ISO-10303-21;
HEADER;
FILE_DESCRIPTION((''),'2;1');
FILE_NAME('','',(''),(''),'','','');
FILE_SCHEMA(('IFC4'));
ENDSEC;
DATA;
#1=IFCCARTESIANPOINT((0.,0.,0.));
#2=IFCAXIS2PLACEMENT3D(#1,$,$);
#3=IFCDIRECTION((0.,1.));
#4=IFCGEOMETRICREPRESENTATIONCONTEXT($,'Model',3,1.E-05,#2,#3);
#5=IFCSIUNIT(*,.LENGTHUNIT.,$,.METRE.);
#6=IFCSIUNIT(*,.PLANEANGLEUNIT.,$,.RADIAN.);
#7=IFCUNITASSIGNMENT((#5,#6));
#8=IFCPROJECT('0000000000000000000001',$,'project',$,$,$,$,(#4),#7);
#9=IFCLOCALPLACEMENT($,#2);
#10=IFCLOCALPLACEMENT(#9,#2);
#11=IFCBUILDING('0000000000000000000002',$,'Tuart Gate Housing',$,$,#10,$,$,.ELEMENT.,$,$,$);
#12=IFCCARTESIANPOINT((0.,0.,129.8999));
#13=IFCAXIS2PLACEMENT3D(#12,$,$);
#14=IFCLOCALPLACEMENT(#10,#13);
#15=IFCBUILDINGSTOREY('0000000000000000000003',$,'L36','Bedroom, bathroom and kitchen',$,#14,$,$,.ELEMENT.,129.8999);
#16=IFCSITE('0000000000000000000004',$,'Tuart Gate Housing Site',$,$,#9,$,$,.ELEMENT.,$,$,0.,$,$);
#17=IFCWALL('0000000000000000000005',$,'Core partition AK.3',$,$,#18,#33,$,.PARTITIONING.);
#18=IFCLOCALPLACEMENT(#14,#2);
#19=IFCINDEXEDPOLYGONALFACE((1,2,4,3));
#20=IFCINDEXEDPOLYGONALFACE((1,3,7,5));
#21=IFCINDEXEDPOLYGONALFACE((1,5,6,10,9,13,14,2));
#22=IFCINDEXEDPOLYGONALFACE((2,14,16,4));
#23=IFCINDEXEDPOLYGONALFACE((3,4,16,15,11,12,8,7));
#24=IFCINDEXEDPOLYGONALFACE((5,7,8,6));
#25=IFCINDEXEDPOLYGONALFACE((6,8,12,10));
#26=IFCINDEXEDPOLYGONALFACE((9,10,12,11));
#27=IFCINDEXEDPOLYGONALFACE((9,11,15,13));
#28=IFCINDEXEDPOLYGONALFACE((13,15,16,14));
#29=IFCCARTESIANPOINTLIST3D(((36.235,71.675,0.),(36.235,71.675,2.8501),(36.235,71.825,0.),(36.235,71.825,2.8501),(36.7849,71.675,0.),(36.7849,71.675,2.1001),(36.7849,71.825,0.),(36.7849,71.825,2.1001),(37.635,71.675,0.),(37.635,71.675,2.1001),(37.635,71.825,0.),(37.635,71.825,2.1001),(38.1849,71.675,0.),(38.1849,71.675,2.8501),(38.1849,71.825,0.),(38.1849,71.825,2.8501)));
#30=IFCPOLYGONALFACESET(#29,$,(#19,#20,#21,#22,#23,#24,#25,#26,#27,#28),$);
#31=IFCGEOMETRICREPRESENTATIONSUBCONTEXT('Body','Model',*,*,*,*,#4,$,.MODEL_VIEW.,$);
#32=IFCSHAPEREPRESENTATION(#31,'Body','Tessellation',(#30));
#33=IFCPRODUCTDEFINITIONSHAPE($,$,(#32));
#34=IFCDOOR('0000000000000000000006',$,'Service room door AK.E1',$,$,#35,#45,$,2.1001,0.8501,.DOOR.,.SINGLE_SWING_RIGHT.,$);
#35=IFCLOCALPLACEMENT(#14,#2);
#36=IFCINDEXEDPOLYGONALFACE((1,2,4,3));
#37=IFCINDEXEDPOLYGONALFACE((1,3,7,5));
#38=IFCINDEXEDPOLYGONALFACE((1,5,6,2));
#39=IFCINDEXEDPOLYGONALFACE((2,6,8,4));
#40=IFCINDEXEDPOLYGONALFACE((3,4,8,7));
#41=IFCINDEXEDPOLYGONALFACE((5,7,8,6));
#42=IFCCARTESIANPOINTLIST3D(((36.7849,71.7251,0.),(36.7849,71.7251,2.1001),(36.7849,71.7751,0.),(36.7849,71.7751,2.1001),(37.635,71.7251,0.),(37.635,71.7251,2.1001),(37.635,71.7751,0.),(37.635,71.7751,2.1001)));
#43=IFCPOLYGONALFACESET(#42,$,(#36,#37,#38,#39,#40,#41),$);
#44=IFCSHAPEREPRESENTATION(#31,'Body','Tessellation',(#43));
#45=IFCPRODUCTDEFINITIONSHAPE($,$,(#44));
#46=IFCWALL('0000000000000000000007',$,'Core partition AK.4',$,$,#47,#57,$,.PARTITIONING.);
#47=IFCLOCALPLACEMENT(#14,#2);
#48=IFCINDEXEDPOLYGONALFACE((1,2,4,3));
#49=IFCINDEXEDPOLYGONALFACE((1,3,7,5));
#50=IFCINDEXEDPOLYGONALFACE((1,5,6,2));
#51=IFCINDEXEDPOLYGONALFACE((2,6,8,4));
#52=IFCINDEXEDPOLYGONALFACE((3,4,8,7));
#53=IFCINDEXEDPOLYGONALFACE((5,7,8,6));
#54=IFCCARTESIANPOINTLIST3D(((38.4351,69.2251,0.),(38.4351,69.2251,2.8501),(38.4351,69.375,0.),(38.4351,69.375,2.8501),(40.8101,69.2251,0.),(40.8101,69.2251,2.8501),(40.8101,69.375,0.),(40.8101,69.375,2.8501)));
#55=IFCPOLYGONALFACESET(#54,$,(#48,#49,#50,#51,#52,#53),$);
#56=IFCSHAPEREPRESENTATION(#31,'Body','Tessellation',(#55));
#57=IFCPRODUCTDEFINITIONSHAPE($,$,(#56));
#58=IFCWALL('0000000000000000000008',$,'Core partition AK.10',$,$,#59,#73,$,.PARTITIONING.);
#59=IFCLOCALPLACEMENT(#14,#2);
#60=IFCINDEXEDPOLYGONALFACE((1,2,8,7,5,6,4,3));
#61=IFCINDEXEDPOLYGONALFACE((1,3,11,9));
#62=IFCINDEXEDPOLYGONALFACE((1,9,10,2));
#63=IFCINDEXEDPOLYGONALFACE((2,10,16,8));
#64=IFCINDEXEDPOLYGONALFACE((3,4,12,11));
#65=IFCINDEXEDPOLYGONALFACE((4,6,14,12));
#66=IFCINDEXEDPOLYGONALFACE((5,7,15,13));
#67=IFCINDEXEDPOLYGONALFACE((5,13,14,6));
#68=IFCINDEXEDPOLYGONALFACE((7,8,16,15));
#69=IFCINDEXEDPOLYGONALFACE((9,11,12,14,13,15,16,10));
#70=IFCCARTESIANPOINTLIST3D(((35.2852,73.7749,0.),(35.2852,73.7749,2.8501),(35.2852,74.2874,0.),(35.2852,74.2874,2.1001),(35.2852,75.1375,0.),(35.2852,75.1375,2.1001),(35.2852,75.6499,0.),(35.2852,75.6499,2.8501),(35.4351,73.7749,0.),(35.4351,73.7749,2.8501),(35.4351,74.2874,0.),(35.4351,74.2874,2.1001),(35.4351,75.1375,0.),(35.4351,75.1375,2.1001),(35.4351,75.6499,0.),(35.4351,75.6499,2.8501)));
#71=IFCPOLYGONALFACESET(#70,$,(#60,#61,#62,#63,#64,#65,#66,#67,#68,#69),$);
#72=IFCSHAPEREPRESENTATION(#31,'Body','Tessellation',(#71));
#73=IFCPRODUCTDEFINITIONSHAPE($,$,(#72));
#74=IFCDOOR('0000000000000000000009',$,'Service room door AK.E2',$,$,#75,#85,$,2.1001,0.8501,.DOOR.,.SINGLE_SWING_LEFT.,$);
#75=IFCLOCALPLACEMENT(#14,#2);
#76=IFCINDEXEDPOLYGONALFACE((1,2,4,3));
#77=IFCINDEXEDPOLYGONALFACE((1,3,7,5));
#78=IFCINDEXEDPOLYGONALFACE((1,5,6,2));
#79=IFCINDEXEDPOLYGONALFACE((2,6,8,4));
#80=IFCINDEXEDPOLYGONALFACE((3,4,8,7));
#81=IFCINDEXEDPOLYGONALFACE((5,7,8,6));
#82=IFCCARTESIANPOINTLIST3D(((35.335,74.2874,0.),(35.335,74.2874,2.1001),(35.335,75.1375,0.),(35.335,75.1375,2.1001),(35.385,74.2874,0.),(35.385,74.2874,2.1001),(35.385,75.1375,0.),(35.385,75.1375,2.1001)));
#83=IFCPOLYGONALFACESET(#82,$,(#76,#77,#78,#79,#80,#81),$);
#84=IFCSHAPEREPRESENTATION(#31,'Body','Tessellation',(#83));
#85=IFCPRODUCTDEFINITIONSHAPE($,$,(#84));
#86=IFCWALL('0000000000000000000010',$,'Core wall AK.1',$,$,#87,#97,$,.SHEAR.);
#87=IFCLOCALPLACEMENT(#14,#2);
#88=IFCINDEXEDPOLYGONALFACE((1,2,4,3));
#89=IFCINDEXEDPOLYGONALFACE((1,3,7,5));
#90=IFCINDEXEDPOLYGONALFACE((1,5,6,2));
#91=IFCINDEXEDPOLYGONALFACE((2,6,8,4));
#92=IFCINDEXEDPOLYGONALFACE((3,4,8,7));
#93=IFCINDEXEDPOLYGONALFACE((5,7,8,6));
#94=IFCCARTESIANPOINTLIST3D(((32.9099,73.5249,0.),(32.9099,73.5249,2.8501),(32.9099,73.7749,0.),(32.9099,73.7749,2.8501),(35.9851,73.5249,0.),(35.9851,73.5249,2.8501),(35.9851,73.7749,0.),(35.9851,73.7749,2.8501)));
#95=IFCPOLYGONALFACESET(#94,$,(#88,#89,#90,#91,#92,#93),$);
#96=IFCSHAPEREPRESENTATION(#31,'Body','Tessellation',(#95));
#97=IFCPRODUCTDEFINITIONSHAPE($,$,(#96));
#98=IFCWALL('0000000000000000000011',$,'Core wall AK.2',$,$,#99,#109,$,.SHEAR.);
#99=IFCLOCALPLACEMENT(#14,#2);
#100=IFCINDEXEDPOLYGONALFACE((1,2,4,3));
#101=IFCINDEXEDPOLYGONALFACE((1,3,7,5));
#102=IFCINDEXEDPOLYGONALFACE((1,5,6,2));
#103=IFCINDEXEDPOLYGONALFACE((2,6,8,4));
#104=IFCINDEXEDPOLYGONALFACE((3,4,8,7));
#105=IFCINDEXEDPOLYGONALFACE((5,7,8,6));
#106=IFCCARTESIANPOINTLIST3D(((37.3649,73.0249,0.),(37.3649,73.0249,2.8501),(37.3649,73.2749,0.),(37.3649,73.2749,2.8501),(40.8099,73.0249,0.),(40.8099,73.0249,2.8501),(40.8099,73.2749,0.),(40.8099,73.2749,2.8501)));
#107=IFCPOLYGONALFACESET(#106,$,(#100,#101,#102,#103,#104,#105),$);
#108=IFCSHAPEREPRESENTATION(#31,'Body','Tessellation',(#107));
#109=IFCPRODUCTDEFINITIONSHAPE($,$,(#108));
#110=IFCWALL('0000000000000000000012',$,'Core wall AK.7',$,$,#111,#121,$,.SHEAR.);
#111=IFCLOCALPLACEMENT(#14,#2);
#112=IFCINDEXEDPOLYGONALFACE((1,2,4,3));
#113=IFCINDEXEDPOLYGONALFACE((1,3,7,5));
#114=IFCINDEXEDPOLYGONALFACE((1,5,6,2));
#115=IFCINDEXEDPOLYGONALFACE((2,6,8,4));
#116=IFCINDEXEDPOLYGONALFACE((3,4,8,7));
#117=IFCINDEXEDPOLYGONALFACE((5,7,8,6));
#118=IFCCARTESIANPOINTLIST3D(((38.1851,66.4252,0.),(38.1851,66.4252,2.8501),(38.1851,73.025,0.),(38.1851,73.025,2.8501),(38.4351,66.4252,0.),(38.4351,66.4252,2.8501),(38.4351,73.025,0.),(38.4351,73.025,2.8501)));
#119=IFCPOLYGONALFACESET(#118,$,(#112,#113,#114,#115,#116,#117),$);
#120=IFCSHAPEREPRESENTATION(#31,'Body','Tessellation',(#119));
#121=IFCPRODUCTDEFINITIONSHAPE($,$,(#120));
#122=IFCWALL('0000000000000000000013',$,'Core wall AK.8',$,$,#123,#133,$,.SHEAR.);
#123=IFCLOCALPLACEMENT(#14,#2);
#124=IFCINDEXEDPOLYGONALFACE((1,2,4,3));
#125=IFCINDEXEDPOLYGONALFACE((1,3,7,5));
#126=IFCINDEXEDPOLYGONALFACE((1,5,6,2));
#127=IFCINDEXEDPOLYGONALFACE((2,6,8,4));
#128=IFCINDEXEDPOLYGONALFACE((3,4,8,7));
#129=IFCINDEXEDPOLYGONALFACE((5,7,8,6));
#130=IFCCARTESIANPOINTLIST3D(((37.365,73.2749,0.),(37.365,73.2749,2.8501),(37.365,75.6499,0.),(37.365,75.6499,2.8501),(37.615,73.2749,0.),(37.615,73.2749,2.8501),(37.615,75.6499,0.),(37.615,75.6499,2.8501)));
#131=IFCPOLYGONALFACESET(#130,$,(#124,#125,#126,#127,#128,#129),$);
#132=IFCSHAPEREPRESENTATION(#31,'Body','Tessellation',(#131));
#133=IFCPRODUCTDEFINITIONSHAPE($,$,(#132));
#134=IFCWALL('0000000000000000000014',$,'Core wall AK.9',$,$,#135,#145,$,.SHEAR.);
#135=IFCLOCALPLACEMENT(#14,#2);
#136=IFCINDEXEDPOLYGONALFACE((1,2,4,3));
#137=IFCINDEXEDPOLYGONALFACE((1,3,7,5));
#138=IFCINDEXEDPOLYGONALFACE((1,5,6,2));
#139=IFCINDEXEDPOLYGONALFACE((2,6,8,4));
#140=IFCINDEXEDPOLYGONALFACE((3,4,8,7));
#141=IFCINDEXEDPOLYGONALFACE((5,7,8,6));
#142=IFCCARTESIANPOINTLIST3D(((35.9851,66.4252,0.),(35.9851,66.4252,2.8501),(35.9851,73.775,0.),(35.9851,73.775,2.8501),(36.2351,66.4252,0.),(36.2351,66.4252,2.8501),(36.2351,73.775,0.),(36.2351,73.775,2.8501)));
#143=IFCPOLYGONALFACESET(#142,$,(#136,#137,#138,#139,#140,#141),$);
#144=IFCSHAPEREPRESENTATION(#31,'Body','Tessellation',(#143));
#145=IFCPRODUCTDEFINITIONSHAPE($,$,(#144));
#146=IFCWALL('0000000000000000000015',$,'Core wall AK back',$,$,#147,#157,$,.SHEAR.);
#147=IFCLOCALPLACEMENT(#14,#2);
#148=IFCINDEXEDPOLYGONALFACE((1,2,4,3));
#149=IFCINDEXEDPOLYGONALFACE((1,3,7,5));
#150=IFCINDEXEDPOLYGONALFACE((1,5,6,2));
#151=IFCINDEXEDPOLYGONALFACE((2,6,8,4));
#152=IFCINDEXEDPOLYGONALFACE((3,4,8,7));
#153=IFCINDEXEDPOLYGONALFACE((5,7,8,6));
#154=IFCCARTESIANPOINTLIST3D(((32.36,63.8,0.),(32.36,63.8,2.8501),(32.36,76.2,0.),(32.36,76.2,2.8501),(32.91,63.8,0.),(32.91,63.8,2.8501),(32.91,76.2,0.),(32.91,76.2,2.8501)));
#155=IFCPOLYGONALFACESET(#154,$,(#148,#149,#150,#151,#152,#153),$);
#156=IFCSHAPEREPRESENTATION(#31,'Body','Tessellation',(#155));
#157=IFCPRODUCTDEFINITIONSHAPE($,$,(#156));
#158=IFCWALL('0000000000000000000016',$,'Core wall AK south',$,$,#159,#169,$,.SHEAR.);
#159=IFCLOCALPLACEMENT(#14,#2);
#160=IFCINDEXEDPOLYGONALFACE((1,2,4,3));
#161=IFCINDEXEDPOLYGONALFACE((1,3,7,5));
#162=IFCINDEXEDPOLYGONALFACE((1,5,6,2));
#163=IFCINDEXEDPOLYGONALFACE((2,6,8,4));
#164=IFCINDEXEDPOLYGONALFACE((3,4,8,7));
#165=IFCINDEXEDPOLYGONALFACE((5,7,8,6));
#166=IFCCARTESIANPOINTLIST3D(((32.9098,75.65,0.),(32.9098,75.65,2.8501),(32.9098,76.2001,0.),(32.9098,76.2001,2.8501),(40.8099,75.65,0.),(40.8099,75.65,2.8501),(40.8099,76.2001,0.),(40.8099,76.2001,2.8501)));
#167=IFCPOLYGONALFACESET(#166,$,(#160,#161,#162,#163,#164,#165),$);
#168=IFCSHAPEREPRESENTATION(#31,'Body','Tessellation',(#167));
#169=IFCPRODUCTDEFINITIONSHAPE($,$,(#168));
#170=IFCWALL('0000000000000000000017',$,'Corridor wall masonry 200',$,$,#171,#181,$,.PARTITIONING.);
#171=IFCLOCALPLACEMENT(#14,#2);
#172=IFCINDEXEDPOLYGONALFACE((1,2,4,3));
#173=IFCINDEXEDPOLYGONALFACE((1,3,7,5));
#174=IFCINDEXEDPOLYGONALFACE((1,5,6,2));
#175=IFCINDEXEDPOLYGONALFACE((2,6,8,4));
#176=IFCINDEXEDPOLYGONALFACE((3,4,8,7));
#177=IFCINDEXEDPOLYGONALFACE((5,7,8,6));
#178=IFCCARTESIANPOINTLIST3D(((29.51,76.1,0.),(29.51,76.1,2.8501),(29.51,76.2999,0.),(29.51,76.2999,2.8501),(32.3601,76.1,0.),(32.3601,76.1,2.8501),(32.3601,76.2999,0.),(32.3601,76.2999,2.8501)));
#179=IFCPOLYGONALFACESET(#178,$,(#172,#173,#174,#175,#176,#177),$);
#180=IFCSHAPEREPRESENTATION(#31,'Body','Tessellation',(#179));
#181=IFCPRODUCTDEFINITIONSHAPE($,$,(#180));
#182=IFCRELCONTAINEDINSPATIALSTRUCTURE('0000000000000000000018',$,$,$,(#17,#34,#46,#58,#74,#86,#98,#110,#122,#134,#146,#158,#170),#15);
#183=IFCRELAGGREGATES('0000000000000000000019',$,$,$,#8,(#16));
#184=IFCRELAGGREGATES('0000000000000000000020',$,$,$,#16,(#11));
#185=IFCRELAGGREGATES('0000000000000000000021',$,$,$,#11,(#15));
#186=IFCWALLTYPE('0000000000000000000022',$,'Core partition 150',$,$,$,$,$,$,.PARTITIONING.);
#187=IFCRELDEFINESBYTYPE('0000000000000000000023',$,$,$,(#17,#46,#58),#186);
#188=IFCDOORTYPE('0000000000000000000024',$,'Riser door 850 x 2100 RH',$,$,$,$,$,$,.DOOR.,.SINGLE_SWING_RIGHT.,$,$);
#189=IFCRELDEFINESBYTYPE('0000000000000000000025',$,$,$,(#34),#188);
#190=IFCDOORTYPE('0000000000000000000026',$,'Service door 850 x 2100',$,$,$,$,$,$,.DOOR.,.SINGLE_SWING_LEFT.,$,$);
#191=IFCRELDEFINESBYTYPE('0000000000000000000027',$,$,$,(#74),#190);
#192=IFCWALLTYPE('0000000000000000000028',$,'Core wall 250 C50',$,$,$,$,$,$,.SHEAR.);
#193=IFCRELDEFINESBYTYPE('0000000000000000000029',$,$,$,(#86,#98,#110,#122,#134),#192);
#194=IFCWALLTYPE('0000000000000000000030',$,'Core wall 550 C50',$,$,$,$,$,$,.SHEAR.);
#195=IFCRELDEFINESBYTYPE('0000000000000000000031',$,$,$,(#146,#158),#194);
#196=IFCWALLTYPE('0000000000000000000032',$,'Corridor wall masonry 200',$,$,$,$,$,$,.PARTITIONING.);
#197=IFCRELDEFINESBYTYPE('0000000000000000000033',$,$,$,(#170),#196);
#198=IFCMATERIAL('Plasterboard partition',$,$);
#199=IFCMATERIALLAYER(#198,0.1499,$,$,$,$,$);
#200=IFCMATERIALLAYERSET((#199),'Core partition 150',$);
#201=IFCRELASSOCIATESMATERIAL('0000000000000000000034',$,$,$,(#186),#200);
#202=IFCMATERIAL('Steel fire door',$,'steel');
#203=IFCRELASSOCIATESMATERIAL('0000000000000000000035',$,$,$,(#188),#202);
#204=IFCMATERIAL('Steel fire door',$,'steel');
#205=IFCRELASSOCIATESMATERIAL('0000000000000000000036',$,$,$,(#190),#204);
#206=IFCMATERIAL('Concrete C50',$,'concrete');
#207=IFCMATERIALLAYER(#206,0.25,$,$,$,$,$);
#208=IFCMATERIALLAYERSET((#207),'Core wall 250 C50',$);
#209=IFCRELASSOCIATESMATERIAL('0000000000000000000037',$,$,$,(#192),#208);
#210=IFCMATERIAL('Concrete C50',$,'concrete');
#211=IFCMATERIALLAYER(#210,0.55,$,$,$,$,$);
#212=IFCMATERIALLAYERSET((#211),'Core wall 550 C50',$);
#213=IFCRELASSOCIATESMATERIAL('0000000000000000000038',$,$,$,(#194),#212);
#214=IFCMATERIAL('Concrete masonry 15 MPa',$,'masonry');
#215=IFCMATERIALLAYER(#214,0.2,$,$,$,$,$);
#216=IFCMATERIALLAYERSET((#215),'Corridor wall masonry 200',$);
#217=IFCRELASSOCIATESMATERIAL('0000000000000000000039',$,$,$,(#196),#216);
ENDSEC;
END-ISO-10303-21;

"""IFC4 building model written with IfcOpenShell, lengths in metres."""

from ifc_helpers import new_model, si_unit, direction, frame, frame_2d, origin, place, context, subcontext, project, spatial, rectangle, extrude, material, layer, layer_set, type_object, element, fill, save


model = new_model("IFC4")

# Units and contexts
model_context = context("Model", 3, precision=1e-05, world=origin(), true_north=direction((0.0, 1.0)))
body_context = subcontext(model_context, "Body", "Model", "MODEL_VIEW")
ifc_project = project(units=[si_unit("LENGTHUNIT", "METRE"), si_unit("PLANEANGLEUNIT", "RADIAN")], contexts=[model_context])

# Site, building, storey
site_placement = place(None, origin())
site = spatial("IfcSite", under=ifc_project, at=site_placement, Name="Tuart Gate Housing Site", CompositionType="ELEMENT", RefElevation=0.0)
building_placement = place(site_placement, origin())
building = spatial("IfcBuilding", under=site, at=building_placement, Name="Tuart Gate Housing", CompositionType="ELEMENT")
storey_placement = place(building_placement, frame((0.0, 0.0, 129.8999)))
storey = spatial("IfcBuildingStorey", under=building, at=storey_placement, Name="L36", Description="Bedroom, bathroom and kitchen", CompositionType="ELEMENT", Elevation=129.8999)

# Wall, opening, door
ifc_material_1 = material(Name="Plasterboard partition")
ifc_layer_1 = layer(ifc_material_1, 0.1499)
ifc_layer_set_1 = layer_set([ifc_layer_1], Name="Core partition 150")
wall_type_1 = type_object("IfcWallType", Name="Core partition 150", PredefinedType="PARTITIONING", material=ifc_layer_set_1)
wall_1_placement = place(storey_placement, frame((38.1851, 71.75, 0.0), z_axis=(0.0, 0.0, 1.0), x_axis=(-1.0, 0.0, 0.0)))
wall_1 = element("IfcWall", 1, at=wall_1_placement, inside=storey, type_object=wall_type_1, Name="Core partition AK.3", PredefinedType="PARTITIONING", context=body_context, shape_type="SweptSolid", body=[
    extrude(rectangle(XDim=1.95, YDim=0.1499, at=frame_2d((0.9751, 0.0))), origin(), (0.0, 0.0, 1.0), 2.8501),
])
opening_1_placement = place(wall_1_placement, frame((0.55, 0.0, 0.0)))
opening_1 = element("IfcOpeningElement", 2, at=opening_1_placement, cuts=wall_1, PredefinedType="OPENING", context=body_context, shape_type="SweptSolid", body=[
    extrude(rectangle(XDim=0.8501, YDim=2.1001, at=frame_2d((0.425, 1.05))), frame((0.0, 0.085, 0.0), z_axis=(0.0, -1.0, 0.0), x_axis=(1.0, 0.0, 0.0)), (0.0, 0.0, 1.0), 0.1699),
])
ifc_material_2 = material(Name="Steel fire door", Category="steel")
door_type_1 = type_object("IfcDoorType", Name="Riser door 850 x 2100 RH", OperationType="SINGLE_SWING_RIGHT", PredefinedType="DOOR", material=ifc_material_2)
door_1_placement = place(opening_1_placement, frame((0.8501, 0.0, 0.0), z_axis=(0.0, 0.0, 1.0), x_axis=(-1.0, 0.0, 0.0)))
door_1 = element("IfcDoor", 3, at=door_1_placement, inside=storey, type_object=door_type_1, Name="Service room door AK.E1", OperationType="SINGLE_SWING_RIGHT", OverallHeight=2.1001, OverallWidth=0.8501, PredefinedType="DOOR", context=body_context, shape_type="SweptSolid", body=[
    extrude(rectangle(XDim=0.8501, YDim=2.1001, at=frame_2d((0.425, 1.05))), frame((0.0, 0.0251, 0.0), z_axis=(0.0, -1.0, 0.0), x_axis=(1.0, 0.0, 0.0)), (0.0, 0.0, 1.0), 0.05),
])
fill(opening_1, door_1)

# Wall
wall_2_placement = place(storey_placement, frame((40.8101, 69.3, 0.0), z_axis=(0.0, 0.0, 1.0), x_axis=(-1.0, 0.0, 0.0)))
element("IfcWall", 4, at=wall_2_placement, inside=storey, type_object=wall_type_1, Name="Core partition AK.4", PredefinedType="PARTITIONING", context=body_context, shape_type="SweptSolid", body=[
    extrude(rectangle(XDim=2.375, YDim=0.1499, at=frame_2d((1.1875, 0.0))), origin(), (0.0, 0.0, 1.0), 2.8501),
])

# Wall, opening, door
wall_3_placement = place(storey_placement, frame((35.3601, 75.6499, 0.0), z_axis=(0.0, 0.0, 1.0), x_axis=(0.0, -1.0, 0.0)))
wall_3 = element("IfcWall", 5, at=wall_3_placement, inside=storey, type_object=wall_type_1, Name="Core partition AK.10", PredefinedType="PARTITIONING", context=body_context, shape_type="SweptSolid", body=[
    extrude(rectangle(XDim=1.875, YDim=0.1499, at=frame_2d((0.9375, 0.0))), origin(), (0.0, 0.0, 1.0), 2.8501),
])
opening_2_placement = place(wall_3_placement, frame((0.5125, 0.0, 0.0)))
opening_2 = element("IfcOpeningElement", 6, at=opening_2_placement, cuts=wall_3, PredefinedType="OPENING", context=body_context, shape_type="SweptSolid", body=[
    extrude(rectangle(XDim=0.8501, YDim=2.1001, at=frame_2d((0.425, 1.05))), frame((0.0, 0.085, 0.0), z_axis=(0.0, -1.0, 0.0), x_axis=(1.0, 0.0, 0.0)), (0.0, 0.0, 1.0), 0.1699),
])
ifc_material_3 = material(Name="Steel fire door", Category="steel")
door_type_2 = type_object("IfcDoorType", Name="Service door 850 x 2100", OperationType="SINGLE_SWING_LEFT", PredefinedType="DOOR", material=ifc_material_3)
door_2_placement = place(opening_2_placement, origin())
door_2 = element("IfcDoor", 7, at=door_2_placement, inside=storey, type_object=door_type_2, Name="Service room door AK.E2", OperationType="SINGLE_SWING_LEFT", OverallHeight=2.1001, OverallWidth=0.8501, PredefinedType="DOOR", context=body_context, shape_type="SweptSolid", body=[
    extrude(rectangle(XDim=0.8501, YDim=2.1001, at=frame_2d((0.425, 1.05))), frame((0.0, 0.0249, 0.0), z_axis=(0.0, -1.0, 0.0), x_axis=(1.0, 0.0, 0.0)), (0.0, 0.0, 1.0), 0.05),
])
fill(opening_2, door_2)

# Walls
ifc_material_4 = material(Name="Concrete C50", Category="concrete")
ifc_layer_2 = layer(ifc_material_4, 0.25)
ifc_layer_set_2 = layer_set([ifc_layer_2], Name="Core wall 250 C50")
wall_type_2 = type_object("IfcWallType", Name="Core wall 250 C50", PredefinedType="SHEAR", material=ifc_layer_set_2)
wall_4_placement = place(storey_placement, frame((35.9851, 73.6499, 0.0), z_axis=(0.0, 0.0, 1.0), x_axis=(-1.0, 0.0, 0.0)))
element("IfcWall", 8, at=wall_4_placement, inside=storey, type_object=wall_type_2, Name="Core wall AK.1", PredefinedType="SHEAR", context=body_context, shape_type="SweptSolid", body=[
    extrude(rectangle(XDim=3.0752, YDim=0.25, at=frame_2d((1.5376, 0.0))), origin(), (0.0, 0.0, 1.0), 2.8501),
])
wall_5_placement = place(storey_placement, frame((40.8101, 73.1499, 0.0), z_axis=(0.0, 0.0, 1.0), x_axis=(-1.0, 0.0, 0.0)))
element("IfcWall", 9, at=wall_5_placement, inside=storey, type_object=wall_type_2, Name="Core wall AK.2", PredefinedType="SHEAR", context=body_context, shape_type="SweptSolid", body=[
    extrude(rectangle(XDim=3.4451, YDim=0.25, at=frame_2d((1.7227, 0.0))), origin(), (0.0, 0.0, 1.0), 2.8501),
])
wall_6_placement = place(storey_placement, frame((38.3101, 73.0249, 0.0), z_axis=(0.0, 0.0, 1.0), x_axis=(0.0, -1.0, 0.0)))
element("IfcWall", 10, at=wall_6_placement, inside=storey, type_object=wall_type_2, Name="Core wall AK.7", PredefinedType="SHEAR", context=body_context, shape_type="SweptSolid", body=[
    extrude(rectangle(XDim=6.5999, YDim=0.25, at=frame_2d((3.2998, 0.0))), origin(), (0.0, 0.0, 1.0), 2.8501),
])
wall_7_placement = place(storey_placement, frame((37.49, 75.6499, 0.0), z_axis=(0.0, 0.0, 1.0), x_axis=(0.0, -1.0, 0.0)))
element("IfcWall", 11, at=wall_7_placement, inside=storey, type_object=wall_type_2, Name="Core wall AK.8", PredefinedType="SHEAR", context=body_context, shape_type="SweptSolid", body=[
    extrude(rectangle(XDim=2.375, YDim=0.25, at=frame_2d((1.1875, 0.0))), origin(), (0.0, 0.0, 1.0), 2.8501),
])
wall_8_placement = place(storey_placement, frame((36.1101, 73.7749, 0.0), z_axis=(0.0, 0.0, 1.0), x_axis=(0.0, -1.0, 0.0)))
element("IfcWall", 12, at=wall_8_placement, inside=storey, type_object=wall_type_2, Name="Core wall AK.9", PredefinedType="SHEAR", context=body_context, shape_type="SweptSolid", body=[
    extrude(rectangle(XDim=7.3499, YDim=0.25, at=frame_2d((3.6748, 0.0))), origin(), (0.0, 0.0, 1.0), 2.8501),
])
ifc_material_5 = material(Name="Concrete C50", Category="concrete")
ifc_layer_3 = layer(ifc_material_5, 0.55)
ifc_layer_set_3 = layer_set([ifc_layer_3], Name="Core wall 550 C50")
wall_type_3 = type_object("IfcWallType", Name="Core wall 550 C50", PredefinedType="SHEAR", material=ifc_layer_set_3)
wall_9_placement = place(storey_placement, frame((32.635, 76.2, 0.0), z_axis=(0.0, 0.0, 1.0), x_axis=(0.0, -1.0, 0.0)))
element("IfcWall", 13, at=wall_9_placement, inside=storey, type_object=wall_type_3, Name="Core wall AK back", PredefinedType="SHEAR", context=body_context, shape_type="SweptSolid", body=[
    extrude(rectangle(XDim=12.3999, YDim=0.55, at=frame_2d((6.2, 0.0))), origin(), (0.0, 0.0, 1.0), 2.8501),
])
wall_10_placement = place(storey_placement, frame((40.8101, 75.925, 0.0), z_axis=(0.0, 0.0, 1.0), x_axis=(-1.0, 0.0, 0.0)))
element("IfcWall", 14, at=wall_10_placement, inside=storey, type_object=wall_type_3, Name="Core wall AK south", PredefinedType="SHEAR", context=body_context, shape_type="SweptSolid", body=[
    extrude(rectangle(XDim=7.9001, YDim=0.55, at=frame_2d((3.9502, 0.0))), origin(), (0.0, 0.0, 1.0), 2.8501),
])
ifc_material_6 = material(Name="Concrete masonry 15 MPa", Category="masonry")
ifc_layer_4 = layer(ifc_material_6, 0.2)
ifc_layer_set_4 = layer_set([ifc_layer_4], Name="Corridor wall masonry 200")
wall_type_4 = type_object("IfcWallType", Name="Corridor wall masonry 200", PredefinedType="PARTITIONING", material=ifc_layer_set_4)
wall_11_placement = place(storey_placement, frame((29.51, 76.2, 0.0), z_axis=(0.0, 0.0, 1.0), x_axis=(1.0, 0.0, 0.0)))
element("IfcWall", 15, at=wall_11_placement, inside=storey, type_object=wall_type_4, Name="Corridor wall masonry 200", PredefinedType="PARTITIONING", context=body_context, shape_type="SweptSolid", body=[
    extrude(rectangle(XDim=2.8501, YDim=0.2, at=frame_2d((1.425, 0.0))), origin(), (0.0, 0.0, 1.0), 2.8501),
])

save(model, "model.ifc")
